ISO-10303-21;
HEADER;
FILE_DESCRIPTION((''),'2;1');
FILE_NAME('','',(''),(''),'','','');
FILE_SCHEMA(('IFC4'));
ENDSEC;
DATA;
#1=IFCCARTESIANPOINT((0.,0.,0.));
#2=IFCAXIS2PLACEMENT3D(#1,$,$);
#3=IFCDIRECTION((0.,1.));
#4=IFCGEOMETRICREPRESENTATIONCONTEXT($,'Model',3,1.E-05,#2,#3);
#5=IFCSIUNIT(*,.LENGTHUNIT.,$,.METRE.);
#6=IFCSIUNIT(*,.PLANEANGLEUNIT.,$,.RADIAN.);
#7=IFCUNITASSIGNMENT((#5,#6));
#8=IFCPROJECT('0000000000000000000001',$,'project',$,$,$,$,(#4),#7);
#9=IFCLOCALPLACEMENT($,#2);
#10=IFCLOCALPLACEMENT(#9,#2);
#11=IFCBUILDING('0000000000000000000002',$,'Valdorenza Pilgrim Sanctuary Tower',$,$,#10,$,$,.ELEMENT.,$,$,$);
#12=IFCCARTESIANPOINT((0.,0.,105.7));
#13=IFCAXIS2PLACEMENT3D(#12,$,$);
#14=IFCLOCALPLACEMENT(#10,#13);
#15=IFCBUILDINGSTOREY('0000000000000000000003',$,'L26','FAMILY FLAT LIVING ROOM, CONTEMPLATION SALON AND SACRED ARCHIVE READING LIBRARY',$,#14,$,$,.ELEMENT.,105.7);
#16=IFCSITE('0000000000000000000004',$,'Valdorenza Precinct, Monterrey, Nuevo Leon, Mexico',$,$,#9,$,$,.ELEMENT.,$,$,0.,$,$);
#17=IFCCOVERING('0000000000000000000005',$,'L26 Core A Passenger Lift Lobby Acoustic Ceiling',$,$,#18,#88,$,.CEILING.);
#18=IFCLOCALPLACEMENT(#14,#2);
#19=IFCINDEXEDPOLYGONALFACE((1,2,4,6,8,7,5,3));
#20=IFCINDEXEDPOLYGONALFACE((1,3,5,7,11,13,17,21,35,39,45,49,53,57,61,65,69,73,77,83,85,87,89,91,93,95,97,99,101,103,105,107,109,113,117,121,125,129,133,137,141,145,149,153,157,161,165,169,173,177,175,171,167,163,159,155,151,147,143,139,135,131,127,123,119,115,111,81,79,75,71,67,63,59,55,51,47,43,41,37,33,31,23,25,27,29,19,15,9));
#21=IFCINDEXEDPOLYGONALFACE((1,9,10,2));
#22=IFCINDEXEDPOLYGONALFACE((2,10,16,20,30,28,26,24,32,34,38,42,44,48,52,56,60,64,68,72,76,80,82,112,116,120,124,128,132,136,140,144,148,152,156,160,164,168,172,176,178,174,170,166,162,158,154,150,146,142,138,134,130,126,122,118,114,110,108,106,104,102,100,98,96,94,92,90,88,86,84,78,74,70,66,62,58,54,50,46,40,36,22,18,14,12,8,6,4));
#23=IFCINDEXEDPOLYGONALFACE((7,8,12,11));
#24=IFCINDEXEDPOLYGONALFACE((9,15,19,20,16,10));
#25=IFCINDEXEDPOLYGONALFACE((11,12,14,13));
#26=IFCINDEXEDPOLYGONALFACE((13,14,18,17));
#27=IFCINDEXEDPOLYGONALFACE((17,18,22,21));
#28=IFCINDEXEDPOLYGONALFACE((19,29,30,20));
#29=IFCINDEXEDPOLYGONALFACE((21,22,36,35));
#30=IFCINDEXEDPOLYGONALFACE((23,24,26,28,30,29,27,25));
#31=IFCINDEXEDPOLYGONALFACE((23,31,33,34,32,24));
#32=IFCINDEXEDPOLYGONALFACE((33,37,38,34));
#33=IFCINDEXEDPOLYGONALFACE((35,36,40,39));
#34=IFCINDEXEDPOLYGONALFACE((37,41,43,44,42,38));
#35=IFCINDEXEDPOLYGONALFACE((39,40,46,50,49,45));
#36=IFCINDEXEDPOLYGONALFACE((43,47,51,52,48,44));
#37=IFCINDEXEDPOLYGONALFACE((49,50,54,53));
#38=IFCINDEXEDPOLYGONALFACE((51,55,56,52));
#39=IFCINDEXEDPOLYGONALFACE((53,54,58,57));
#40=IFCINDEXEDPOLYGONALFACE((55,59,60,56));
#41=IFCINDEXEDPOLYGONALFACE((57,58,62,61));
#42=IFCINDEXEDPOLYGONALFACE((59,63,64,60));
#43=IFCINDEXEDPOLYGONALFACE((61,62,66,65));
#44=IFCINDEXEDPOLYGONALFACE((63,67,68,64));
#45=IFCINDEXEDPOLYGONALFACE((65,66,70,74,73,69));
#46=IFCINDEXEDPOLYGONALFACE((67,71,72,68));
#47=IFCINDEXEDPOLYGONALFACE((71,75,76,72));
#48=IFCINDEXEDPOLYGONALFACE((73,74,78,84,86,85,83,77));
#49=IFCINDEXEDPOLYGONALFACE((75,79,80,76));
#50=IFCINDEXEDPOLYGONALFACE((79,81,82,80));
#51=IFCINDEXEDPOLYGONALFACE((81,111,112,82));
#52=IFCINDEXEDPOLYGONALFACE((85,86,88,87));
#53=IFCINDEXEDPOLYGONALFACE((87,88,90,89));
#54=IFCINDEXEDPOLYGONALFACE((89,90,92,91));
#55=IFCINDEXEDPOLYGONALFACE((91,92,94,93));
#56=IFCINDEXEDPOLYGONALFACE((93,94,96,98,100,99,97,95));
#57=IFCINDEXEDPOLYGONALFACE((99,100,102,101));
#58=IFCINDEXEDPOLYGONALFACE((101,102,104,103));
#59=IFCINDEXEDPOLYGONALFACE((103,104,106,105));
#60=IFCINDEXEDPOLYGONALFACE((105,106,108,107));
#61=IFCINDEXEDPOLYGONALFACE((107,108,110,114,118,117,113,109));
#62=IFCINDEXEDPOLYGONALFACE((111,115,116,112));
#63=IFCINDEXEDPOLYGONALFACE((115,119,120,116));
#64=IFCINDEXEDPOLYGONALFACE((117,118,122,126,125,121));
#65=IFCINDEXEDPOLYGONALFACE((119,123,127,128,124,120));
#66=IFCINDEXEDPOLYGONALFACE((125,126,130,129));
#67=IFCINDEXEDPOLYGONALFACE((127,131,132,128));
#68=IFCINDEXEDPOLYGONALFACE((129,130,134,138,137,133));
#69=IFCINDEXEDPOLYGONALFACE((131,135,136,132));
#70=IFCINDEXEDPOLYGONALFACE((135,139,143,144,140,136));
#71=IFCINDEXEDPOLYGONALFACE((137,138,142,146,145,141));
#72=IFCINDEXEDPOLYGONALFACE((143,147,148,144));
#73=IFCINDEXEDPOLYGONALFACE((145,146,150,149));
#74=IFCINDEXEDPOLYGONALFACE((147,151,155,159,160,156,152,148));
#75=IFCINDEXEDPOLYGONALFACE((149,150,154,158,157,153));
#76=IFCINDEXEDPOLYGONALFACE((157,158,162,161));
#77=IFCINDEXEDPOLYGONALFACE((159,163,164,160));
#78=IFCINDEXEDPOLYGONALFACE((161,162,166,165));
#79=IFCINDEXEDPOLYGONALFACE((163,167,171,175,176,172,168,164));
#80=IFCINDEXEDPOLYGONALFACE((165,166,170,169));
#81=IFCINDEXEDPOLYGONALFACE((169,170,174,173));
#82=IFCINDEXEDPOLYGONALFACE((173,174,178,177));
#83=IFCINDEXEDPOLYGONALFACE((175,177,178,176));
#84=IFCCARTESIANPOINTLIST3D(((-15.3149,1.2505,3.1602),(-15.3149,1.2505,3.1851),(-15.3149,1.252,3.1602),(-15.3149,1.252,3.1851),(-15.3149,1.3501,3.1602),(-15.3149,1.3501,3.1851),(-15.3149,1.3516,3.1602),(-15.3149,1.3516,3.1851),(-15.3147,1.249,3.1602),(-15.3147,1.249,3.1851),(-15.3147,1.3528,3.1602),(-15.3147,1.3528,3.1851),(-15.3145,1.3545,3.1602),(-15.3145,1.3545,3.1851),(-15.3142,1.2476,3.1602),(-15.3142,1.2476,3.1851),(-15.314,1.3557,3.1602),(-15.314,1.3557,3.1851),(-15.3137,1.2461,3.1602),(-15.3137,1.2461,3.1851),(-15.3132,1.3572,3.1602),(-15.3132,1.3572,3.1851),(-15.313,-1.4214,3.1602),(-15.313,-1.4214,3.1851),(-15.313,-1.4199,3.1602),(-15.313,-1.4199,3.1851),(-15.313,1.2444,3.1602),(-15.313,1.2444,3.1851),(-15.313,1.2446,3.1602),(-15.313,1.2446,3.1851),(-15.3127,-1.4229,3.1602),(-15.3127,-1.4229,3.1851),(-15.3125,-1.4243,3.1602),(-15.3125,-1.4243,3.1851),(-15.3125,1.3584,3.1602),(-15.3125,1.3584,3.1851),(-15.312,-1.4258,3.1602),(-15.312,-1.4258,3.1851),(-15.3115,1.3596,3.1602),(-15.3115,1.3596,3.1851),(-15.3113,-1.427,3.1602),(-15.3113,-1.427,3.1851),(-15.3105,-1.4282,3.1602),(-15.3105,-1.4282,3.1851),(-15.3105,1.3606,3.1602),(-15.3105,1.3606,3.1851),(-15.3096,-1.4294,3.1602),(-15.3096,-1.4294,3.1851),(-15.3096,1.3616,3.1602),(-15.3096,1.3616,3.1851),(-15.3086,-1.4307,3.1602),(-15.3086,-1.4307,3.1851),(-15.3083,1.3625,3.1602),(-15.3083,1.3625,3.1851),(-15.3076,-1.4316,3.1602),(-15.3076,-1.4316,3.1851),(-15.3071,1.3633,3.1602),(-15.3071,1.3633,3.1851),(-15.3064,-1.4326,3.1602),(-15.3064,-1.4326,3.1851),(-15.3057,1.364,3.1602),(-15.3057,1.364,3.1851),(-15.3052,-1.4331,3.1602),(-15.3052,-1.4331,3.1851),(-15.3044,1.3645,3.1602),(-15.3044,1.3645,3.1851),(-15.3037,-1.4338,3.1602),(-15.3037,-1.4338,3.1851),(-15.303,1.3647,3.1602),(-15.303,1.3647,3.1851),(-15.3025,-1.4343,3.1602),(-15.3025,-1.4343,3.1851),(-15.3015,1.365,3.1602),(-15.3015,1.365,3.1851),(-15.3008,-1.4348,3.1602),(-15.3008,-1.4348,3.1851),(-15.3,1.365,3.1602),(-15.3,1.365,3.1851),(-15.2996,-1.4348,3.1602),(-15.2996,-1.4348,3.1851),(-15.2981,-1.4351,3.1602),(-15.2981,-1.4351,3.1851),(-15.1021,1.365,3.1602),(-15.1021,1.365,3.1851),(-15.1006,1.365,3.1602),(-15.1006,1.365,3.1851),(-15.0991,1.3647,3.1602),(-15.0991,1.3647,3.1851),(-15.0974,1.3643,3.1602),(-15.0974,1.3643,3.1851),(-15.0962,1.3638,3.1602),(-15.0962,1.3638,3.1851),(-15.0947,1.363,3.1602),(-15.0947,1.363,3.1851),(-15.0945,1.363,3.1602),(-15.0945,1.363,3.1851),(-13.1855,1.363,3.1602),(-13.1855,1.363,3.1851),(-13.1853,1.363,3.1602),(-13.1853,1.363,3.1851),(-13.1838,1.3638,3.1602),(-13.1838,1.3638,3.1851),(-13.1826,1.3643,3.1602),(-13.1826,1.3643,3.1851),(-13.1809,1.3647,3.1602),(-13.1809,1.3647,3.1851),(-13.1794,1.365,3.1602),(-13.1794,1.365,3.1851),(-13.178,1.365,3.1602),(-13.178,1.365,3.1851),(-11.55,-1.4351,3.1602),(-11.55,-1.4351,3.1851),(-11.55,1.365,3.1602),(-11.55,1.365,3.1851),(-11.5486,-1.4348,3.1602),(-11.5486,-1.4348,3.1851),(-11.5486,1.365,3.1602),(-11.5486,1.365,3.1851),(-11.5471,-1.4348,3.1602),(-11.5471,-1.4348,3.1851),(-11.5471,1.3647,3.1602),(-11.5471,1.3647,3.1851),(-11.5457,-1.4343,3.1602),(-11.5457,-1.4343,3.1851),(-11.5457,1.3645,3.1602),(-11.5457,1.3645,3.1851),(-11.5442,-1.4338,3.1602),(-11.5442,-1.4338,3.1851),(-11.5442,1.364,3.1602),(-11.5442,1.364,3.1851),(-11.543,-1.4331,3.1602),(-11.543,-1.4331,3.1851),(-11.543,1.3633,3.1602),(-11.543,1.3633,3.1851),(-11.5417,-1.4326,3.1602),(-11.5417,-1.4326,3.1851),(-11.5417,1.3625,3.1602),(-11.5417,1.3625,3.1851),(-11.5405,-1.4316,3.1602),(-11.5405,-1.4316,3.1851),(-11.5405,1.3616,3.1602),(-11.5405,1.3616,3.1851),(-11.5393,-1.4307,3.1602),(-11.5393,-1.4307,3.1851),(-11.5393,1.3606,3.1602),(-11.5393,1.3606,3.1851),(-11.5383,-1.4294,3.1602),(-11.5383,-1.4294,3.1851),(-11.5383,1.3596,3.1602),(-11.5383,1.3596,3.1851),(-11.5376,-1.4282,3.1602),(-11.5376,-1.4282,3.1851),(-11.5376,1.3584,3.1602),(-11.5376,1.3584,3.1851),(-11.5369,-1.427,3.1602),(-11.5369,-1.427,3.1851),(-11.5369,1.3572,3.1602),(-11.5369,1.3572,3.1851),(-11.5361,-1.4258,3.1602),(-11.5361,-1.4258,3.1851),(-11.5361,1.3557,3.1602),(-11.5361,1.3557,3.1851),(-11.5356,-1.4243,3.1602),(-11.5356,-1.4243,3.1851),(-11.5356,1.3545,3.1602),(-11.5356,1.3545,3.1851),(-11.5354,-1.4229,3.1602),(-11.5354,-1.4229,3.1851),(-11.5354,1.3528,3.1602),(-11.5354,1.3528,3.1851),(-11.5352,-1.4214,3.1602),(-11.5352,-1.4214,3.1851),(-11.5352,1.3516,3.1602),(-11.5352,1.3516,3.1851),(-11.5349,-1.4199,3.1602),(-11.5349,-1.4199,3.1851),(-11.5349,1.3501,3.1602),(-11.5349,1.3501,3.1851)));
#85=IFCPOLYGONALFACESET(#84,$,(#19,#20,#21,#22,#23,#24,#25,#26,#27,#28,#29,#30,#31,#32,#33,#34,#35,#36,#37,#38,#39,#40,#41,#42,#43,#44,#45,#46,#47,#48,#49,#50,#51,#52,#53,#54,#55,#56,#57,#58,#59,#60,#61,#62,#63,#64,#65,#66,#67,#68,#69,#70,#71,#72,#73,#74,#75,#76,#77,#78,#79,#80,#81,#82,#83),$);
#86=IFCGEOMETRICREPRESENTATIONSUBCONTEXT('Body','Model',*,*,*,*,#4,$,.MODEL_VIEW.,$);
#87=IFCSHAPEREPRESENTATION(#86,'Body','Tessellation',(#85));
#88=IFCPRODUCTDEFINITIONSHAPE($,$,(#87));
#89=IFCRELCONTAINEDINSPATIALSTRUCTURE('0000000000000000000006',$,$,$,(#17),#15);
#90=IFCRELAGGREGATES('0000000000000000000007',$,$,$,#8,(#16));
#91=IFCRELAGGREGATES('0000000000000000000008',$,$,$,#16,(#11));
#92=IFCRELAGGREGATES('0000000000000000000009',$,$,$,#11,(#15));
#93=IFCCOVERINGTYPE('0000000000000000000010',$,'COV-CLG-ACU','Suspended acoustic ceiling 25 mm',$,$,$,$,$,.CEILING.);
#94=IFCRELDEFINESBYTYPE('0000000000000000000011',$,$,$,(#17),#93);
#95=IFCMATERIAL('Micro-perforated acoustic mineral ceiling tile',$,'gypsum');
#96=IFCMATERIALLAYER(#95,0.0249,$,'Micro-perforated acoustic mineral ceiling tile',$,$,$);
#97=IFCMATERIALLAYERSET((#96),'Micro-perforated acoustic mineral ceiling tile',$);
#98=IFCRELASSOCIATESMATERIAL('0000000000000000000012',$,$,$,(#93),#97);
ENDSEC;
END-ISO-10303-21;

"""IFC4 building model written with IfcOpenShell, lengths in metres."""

from ifc_helpers import new_model, si_unit, direction, frame, origin, place, context, subcontext, project, spatial, polyline, outline, extrude, material, layer, layer_set, type_object, element, save


model = new_model("IFC4")

# Units and contexts
model_context = context("Model", 3, precision=1e-05, world=origin(), true_north=direction((0.0, 1.0)))
body_context = subcontext(model_context, "Body", "Model", "MODEL_VIEW")
ifc_project = project(units=[si_unit("LENGTHUNIT", "METRE"), si_unit("PLANEANGLEUNIT", "RADIAN")], contexts=[model_context])

# Site, building, storey
site_placement = place(None, origin())
site = spatial("IfcSite", under=ifc_project, at=site_placement, Name="Valdorenza Precinct, Monterrey, Nuevo Leon, Mexico", CompositionType="ELEMENT", RefElevation=0.0)
building_placement = place(site_placement, origin())
building = spatial("IfcBuilding", under=site, at=building_placement, Name="Valdorenza Pilgrim Sanctuary Tower", CompositionType="ELEMENT")
storey_placement = place(building_placement, frame((0.0, 0.0, 105.7)))
storey = spatial("IfcBuildingStorey", under=building, at=storey_placement, Name="L26", Description="FAMILY FLAT LIVING ROOM, CONTEMPLATION SALON AND SACRED ARCHIVE READING LIBRARY", CompositionType="ELEMENT", Elevation=105.7)

# Covering
ifc_material_1 = material(Name="Micro-perforated acoustic mineral ceiling tile", Category="gypsum")
ifc_layer_1 = layer(ifc_material_1, 0.0249, Name="Micro-perforated acoustic mineral ceiling tile")
ifc_layer_set_1 = layer_set([ifc_layer_1], Name="Micro-perforated acoustic mineral ceiling tile")
covering_type_1 = type_object("IfcCoveringType", Name="COV-CLG-ACU", Description="Suspended acoustic ceiling 25 mm", PredefinedType="CEILING", material=ifc_layer_set_1)
covering_1_placement = place(storey_placement, frame((0.0, 0.0, 3.1602)))
element("IfcCovering", 1, at=covering_1_placement, inside=storey, type_object=covering_type_1, Name="L26 Core A Passenger Lift Lobby Acoustic Ceiling", PredefinedType="CEILING", context=body_context, shape_type="SweptSolid", body=[
    extrude(outline(polyline([(-15.313, 1.2444), (-15.313, 1.2446), (-15.3137, 1.2461), (-15.3142, 1.2476), (-15.3147, 1.249), (-15.3149, 1.2505), (-15.3149, 1.252), (-15.3149, 1.3501), (-15.3149, 1.3516), (-15.3147, 1.3528), (-15.3145, 1.3545), (-15.314, 1.3557), (-15.3132, 1.3572), (-15.3125, 1.3584), (-15.3115, 1.3596), (-15.3105, 1.3606), (-15.3096, 1.3616), (-15.3083, 1.3625), (-15.3071, 1.3633), (-15.3057, 1.364), (-15.3044, 1.3645), (-15.303, 1.3647), (-15.3015, 1.365), (-15.3, 1.365), (-15.1021, 1.365), (-15.1006, 1.365), (-15.0991, 1.3647), (-15.0974, 1.3643), (-15.0962, 1.3638), (-15.0947, 1.363), (-15.0945, 1.363), (-13.1855, 1.363), (-13.1853, 1.363), (-13.1838, 1.3638), (-13.1826, 1.3643), (-13.1809, 1.3647), (-13.1794, 1.365), (-13.178, 1.365), (-11.55, 1.365), (-11.5486, 1.365), (-11.5471, 1.3647), (-11.5457, 1.3645), (-11.5442, 1.364), (-11.543, 1.3633), (-11.5417, 1.3625), (-11.5405, 1.3616), (-11.5393, 1.3606), (-11.5383, 1.3596), (-11.5376, 1.3584), (-11.5369, 1.3572), (-11.5361, 1.3557), (-11.5356, 1.3545), (-11.5354, 1.3528), (-11.5352, 1.3516), (-11.5349, 1.3501), (-11.5349, -1.4199), (-11.5352, -1.4214), (-11.5354, -1.4229), (-11.5356, -1.4243), (-11.5361, -1.4258), (-11.5369, -1.427), (-11.5376, -1.4282), (-11.5383, -1.4294), (-11.5393, -1.4307), (-11.5405, -1.4316), (-11.5417, -1.4326), (-11.543, -1.4331), (-11.5442, -1.4338), (-11.5457, -1.4343), (-11.5471, -1.4348), (-11.5486, -1.4348), (-11.55, -1.4351), (-15.2981, -1.4351), (-15.2996, -1.4348), (-15.3008, -1.4348), (-15.3025, -1.4343), (-15.3037, -1.4338), (-15.3052, -1.4331), (-15.3064, -1.4326), (-15.3076, -1.4316), (-15.3086, -1.4307), (-15.3096, -1.4294), (-15.3105, -1.4282), (-15.3113, -1.427), (-15.312, -1.4258), (-15.3125, -1.4243), (-15.3127, -1.4229), (-15.313, -1.4214), (-15.313, -1.4199), (-15.313, 1.2444)])), origin(), (0.0, 0.0, 1.0), 0.0249),
])

save(model, "model.ifc")
